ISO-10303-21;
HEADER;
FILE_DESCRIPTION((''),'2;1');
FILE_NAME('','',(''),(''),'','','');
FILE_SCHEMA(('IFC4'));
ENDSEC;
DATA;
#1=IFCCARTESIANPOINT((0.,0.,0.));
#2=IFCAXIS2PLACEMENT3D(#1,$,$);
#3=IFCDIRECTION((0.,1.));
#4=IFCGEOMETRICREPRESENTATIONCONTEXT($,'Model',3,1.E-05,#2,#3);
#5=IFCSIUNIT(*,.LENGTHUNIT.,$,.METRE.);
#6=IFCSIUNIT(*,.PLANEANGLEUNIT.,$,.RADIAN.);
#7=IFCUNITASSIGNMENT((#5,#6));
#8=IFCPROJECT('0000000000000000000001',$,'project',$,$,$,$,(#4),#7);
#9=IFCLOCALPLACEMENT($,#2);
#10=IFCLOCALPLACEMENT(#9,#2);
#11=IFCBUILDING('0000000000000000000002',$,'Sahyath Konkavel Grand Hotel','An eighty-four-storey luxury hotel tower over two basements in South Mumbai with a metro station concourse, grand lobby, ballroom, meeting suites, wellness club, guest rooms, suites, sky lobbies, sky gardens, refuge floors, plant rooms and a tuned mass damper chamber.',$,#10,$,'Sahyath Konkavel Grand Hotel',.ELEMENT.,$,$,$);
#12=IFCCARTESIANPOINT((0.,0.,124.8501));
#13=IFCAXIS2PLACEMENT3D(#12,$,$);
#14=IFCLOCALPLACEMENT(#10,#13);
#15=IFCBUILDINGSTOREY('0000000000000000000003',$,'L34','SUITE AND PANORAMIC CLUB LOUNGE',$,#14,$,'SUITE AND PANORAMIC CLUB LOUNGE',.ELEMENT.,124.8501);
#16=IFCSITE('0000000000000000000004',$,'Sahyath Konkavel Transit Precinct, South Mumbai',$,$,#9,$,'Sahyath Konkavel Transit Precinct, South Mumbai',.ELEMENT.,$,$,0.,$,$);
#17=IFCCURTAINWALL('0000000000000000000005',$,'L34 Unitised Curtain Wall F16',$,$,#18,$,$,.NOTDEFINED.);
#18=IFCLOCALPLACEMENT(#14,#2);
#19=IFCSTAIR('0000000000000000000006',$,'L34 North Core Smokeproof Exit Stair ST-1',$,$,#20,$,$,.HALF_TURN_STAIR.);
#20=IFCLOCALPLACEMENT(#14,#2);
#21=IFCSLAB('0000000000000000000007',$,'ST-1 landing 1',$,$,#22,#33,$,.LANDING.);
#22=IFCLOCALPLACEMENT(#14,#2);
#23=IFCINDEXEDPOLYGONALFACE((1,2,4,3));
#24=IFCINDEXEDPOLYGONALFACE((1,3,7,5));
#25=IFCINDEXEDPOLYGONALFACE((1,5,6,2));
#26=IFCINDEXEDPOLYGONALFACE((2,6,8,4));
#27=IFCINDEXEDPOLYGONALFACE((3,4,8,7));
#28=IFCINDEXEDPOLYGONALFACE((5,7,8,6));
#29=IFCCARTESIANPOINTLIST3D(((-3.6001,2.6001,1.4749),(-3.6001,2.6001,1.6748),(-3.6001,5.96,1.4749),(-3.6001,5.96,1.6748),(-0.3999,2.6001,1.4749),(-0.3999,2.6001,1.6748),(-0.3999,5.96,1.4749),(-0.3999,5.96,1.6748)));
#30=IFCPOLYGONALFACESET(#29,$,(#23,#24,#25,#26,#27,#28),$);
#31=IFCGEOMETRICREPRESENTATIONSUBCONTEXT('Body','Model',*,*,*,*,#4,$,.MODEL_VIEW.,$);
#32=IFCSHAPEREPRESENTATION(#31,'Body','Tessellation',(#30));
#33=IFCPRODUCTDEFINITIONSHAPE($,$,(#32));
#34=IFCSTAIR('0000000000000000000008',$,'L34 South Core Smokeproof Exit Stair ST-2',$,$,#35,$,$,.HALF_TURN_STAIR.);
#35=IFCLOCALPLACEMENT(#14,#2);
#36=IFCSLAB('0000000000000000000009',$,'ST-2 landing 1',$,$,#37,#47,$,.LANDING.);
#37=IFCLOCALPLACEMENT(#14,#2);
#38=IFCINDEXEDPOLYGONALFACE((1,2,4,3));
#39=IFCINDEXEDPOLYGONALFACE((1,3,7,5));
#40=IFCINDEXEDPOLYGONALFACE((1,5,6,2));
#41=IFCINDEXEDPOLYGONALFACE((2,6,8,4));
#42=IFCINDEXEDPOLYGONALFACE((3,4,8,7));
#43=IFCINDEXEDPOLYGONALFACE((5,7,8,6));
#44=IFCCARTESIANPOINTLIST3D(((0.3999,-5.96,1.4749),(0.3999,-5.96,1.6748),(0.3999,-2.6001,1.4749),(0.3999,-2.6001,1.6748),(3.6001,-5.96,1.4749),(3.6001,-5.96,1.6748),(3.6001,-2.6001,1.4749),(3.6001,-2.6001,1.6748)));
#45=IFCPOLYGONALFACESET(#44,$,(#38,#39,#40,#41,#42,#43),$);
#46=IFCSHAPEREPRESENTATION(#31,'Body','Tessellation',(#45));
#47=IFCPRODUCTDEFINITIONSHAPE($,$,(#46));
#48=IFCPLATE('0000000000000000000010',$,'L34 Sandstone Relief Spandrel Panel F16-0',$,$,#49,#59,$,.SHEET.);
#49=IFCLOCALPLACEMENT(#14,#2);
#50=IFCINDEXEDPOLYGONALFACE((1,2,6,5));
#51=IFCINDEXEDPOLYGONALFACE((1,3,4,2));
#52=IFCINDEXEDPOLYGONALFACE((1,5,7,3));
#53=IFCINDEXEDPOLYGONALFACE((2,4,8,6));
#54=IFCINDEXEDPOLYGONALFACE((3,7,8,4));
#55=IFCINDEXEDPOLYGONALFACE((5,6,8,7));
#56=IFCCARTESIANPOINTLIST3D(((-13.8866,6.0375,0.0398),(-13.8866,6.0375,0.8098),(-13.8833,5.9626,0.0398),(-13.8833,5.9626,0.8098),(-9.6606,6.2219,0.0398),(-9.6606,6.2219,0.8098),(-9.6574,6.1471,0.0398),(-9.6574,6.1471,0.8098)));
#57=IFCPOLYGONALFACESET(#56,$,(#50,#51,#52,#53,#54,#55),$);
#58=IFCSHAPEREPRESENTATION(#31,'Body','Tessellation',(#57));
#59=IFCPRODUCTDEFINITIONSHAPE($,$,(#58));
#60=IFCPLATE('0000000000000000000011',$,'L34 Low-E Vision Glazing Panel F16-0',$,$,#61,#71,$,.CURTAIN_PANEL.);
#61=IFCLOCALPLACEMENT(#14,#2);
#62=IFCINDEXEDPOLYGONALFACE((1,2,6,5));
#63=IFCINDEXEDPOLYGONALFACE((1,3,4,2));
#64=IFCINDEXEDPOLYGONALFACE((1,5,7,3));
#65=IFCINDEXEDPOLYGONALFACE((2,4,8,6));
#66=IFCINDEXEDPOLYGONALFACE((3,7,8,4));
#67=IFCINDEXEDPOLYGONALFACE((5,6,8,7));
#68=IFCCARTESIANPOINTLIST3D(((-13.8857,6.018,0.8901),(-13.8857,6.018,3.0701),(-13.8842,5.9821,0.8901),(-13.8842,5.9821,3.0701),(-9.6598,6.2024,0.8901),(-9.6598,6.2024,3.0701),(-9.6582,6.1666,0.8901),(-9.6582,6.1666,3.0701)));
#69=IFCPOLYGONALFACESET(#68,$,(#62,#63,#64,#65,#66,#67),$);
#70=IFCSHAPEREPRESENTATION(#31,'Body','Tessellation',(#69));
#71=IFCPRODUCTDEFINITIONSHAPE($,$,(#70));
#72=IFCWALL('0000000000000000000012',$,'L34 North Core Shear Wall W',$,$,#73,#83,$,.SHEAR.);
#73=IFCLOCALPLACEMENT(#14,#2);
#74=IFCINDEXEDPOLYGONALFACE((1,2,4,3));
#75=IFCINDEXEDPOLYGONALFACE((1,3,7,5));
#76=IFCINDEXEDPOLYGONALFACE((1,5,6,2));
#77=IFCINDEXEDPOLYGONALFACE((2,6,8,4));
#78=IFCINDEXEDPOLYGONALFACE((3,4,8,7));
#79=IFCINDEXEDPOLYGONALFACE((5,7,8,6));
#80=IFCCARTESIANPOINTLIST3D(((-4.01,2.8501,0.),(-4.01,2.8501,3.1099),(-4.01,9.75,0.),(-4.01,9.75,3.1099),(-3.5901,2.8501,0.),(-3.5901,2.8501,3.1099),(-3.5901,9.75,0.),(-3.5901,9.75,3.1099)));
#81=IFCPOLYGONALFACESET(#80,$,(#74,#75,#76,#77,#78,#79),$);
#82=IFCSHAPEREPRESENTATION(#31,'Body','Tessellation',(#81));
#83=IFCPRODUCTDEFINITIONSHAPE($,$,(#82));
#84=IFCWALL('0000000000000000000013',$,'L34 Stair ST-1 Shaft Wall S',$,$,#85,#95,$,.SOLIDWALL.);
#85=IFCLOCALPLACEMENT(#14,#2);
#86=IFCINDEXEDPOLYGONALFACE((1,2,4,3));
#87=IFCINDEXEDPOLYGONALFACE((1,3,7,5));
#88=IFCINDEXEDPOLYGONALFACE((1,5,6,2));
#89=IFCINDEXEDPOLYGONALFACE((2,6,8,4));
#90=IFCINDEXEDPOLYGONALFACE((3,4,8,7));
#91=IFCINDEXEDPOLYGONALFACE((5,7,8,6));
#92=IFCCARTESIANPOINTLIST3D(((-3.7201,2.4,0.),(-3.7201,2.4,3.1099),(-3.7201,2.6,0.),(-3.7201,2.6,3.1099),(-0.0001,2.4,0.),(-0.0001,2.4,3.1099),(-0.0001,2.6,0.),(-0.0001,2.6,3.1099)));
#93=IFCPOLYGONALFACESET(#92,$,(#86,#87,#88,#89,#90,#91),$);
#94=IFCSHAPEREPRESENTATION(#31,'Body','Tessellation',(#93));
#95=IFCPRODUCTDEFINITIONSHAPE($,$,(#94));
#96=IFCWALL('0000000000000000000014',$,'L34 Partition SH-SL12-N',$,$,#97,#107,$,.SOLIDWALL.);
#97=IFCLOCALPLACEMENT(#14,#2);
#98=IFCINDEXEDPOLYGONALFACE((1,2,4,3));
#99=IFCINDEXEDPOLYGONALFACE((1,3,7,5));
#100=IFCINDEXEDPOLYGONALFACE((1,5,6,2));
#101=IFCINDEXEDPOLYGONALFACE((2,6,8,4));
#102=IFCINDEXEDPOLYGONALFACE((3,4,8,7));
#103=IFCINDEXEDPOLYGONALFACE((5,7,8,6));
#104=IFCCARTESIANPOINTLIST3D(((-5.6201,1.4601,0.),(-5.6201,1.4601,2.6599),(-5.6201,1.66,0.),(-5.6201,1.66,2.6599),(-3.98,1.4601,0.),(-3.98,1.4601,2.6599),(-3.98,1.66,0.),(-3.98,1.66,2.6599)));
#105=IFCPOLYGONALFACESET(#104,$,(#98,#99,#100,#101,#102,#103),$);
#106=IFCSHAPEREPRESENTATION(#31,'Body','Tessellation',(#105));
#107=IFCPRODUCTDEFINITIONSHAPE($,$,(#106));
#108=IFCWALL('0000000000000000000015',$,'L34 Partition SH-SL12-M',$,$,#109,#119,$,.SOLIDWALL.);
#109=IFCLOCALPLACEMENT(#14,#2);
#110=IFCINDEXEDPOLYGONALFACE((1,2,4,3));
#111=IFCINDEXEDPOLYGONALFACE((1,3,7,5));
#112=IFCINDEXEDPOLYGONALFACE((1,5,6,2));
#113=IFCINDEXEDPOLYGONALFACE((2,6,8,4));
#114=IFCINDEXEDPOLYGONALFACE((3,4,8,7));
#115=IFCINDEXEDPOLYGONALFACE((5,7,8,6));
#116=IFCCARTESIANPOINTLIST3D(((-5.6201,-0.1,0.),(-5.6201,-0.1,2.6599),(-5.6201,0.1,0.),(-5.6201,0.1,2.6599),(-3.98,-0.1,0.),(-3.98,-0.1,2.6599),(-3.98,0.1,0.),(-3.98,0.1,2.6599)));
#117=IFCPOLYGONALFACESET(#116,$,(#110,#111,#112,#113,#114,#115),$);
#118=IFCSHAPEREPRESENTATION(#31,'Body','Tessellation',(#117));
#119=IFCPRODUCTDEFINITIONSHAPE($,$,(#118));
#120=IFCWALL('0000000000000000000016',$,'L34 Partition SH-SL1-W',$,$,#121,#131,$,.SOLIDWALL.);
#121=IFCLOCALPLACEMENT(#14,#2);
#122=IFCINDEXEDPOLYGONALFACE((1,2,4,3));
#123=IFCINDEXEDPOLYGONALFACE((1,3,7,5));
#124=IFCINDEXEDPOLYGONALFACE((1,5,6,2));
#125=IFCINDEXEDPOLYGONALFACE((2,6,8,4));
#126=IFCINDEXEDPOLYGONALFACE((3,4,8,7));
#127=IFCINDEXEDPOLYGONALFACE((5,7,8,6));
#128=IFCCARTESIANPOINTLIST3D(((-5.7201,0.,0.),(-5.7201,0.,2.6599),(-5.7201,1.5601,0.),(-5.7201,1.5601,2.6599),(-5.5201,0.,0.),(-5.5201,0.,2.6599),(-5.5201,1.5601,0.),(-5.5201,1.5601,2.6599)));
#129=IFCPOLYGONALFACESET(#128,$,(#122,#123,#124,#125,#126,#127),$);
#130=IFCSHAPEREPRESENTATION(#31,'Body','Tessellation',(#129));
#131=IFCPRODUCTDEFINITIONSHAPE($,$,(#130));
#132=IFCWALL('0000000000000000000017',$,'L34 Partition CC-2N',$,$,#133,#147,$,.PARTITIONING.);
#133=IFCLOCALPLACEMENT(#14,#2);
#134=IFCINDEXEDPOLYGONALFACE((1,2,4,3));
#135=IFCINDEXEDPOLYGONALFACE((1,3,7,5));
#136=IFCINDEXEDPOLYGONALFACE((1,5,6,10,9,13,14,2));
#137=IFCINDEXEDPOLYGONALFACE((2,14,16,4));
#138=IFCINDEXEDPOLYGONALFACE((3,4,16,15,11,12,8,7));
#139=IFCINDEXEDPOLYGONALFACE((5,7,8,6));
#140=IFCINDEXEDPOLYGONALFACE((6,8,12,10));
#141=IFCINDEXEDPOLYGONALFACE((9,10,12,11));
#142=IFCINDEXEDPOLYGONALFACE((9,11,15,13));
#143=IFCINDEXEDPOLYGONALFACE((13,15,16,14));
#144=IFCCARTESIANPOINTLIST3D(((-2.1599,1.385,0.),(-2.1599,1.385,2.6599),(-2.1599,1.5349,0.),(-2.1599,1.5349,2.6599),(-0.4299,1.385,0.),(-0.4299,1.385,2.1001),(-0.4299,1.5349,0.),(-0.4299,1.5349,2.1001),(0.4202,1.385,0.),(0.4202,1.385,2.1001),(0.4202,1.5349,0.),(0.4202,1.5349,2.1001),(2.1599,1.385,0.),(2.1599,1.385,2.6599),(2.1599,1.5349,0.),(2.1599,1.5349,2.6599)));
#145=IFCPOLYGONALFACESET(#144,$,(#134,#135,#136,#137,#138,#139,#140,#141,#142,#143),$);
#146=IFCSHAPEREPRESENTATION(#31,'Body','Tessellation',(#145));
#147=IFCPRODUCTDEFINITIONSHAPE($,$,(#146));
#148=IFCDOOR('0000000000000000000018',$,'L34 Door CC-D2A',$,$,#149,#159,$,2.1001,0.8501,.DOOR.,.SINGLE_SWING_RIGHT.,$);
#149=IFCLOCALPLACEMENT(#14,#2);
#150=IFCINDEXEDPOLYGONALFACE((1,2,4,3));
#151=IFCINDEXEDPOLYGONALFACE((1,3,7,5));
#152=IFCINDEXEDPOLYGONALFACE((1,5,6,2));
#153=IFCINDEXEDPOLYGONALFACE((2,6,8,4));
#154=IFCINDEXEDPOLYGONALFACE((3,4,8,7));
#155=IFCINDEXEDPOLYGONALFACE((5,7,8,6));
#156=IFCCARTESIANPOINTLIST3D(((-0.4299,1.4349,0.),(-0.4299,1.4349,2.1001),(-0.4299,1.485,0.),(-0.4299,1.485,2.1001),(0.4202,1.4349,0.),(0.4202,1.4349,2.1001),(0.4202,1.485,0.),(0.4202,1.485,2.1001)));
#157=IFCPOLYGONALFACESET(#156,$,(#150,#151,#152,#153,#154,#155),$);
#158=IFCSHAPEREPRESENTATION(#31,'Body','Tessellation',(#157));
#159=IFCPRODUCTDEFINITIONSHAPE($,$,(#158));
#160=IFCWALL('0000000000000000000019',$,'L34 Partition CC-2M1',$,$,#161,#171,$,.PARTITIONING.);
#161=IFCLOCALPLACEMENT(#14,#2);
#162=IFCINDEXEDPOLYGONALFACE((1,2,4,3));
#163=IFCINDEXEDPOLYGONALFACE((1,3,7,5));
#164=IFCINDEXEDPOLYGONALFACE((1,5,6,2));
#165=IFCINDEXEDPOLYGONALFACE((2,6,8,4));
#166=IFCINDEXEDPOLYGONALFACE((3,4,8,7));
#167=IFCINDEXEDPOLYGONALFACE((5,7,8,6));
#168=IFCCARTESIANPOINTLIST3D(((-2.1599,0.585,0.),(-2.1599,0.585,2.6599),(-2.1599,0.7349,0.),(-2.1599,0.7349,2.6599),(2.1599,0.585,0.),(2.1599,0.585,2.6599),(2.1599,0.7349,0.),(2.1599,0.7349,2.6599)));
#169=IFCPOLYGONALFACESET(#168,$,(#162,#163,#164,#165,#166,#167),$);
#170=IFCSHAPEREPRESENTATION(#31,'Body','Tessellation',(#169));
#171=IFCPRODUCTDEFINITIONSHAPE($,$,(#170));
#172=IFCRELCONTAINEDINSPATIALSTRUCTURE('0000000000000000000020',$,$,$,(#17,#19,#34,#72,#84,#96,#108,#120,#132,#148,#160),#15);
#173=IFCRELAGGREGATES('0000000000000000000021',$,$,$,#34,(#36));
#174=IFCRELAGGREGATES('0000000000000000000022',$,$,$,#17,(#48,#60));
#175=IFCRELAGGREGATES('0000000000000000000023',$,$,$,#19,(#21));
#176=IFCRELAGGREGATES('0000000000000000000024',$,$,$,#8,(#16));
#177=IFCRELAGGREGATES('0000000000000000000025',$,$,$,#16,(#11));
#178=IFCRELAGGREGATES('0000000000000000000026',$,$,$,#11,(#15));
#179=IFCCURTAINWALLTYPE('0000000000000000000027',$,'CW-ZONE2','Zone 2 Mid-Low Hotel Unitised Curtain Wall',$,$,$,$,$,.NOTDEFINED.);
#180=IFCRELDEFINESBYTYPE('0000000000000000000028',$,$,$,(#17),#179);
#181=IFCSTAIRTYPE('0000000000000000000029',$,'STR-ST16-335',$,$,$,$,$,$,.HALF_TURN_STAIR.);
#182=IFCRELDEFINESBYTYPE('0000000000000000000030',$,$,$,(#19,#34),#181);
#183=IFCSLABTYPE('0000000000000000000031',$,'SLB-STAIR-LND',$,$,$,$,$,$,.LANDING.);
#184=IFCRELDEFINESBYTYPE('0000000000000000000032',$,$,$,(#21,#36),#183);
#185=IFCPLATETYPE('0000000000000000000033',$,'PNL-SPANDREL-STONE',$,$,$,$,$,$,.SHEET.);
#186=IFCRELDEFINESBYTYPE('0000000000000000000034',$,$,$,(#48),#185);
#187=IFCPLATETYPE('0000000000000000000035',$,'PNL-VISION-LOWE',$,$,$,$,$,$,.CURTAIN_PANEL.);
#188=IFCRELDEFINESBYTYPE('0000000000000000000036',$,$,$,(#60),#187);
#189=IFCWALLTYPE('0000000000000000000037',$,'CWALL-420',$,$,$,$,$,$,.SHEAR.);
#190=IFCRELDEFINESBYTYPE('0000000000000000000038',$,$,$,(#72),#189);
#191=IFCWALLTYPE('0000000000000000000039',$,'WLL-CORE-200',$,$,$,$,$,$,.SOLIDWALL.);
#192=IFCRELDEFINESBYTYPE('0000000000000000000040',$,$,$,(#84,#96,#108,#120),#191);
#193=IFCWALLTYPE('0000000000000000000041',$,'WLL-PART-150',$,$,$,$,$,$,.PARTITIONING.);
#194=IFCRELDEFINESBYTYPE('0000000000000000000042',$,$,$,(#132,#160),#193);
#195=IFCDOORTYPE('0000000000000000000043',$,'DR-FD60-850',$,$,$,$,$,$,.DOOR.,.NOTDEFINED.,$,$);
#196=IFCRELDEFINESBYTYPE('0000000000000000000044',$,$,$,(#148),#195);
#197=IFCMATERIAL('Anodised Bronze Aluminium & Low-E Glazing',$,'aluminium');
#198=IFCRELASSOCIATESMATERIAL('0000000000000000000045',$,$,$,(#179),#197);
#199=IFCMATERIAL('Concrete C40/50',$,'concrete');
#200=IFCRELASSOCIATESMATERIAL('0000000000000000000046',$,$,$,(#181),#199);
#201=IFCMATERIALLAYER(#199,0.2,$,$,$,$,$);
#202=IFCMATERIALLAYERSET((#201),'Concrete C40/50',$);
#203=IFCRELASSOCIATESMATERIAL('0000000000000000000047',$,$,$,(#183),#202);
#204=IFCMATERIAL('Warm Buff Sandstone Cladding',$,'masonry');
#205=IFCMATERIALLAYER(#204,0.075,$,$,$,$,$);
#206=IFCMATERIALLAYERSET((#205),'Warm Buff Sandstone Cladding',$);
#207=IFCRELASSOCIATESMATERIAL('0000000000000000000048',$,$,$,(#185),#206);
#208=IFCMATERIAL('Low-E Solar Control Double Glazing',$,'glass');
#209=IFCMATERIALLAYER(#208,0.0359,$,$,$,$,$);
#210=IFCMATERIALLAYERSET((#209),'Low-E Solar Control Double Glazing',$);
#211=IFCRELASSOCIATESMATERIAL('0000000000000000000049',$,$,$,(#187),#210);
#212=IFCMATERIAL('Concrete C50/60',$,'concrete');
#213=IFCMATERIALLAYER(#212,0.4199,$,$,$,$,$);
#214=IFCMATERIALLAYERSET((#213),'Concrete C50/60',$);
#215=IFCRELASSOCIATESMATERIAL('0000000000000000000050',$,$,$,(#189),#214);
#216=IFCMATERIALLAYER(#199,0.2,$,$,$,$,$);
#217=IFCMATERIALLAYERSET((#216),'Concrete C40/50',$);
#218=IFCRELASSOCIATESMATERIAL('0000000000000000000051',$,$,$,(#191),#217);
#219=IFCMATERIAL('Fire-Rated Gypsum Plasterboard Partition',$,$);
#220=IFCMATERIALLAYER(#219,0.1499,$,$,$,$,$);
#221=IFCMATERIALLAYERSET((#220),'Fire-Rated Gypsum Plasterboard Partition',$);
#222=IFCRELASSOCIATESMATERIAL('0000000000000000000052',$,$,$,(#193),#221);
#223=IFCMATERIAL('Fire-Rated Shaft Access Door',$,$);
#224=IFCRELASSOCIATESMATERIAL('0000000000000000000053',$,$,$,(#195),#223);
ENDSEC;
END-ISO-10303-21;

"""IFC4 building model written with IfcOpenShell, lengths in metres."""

from ifc_helpers import new_model, si_unit, direction, frame, frame_2d, origin, origin_2d, place, context, subcontext, project, spatial, polyline, rectangle, outline, extrude, source, transform, mapped, material, layer, layer_set, type_object, element, fill, aggregate, save


model = new_model("IFC4")

# Units and contexts
model_context = context("Model", 3, precision=1e-05, world=origin(), true_north=direction((0.0, 1.0)))
body_context = subcontext(model_context, "Body", "Model", "MODEL_VIEW")
ifc_project = project(units=[si_unit("LENGTHUNIT", "METRE"), si_unit("PLANEANGLEUNIT", "RADIAN")], contexts=[model_context])

# Site, building, storey
site_placement = place(None, origin())
site = spatial("IfcSite", under=ifc_project, at=site_placement, Name="Sahyath Konkavel Transit Precinct, South Mumbai", LongName="Sahyath Konkavel Transit Precinct, South Mumbai", CompositionType="ELEMENT", RefElevation=0.0)
building_placement = place(site_placement, origin())
building = spatial("IfcBuilding", under=site, at=building_placement, Name="Sahyath Konkavel Grand Hotel", Description="An eighty-four-storey luxury hotel tower over two basements in South Mumbai with a metro station concourse, grand lobby, ballroom, meeting suites, wellness club, guest rooms, suites, sky lobbies, sky gardens, refuge floors, plant rooms and a tuned mass damper chamber.", LongName="Sahyath Konkavel Grand Hotel", CompositionType="ELEMENT")
storey_placement = place(building_placement, frame((0.0, 0.0, 124.8501)))
storey = spatial("IfcBuildingStorey", under=building, at=storey_placement, Name="L34", Description="SUITE AND PANORAMIC CLUB LOUNGE", LongName="SUITE AND PANORAMIC CLUB LOUNGE", CompositionType="ELEMENT", Elevation=124.8501)

# Shared definitions
ifc_material_1 = material(Name="Concrete C50/60", Category="concrete")

# Curtain wall
ifc_material_2 = material(Name="Anodised Bronze Aluminium & Low-E Glazing", Category="aluminium")
curtain_wall_type = type_object("IfcCurtainWallType", Name="CW-ZONE2", Description="Zone 2 Mid-Low Hotel Unitised Curtain Wall", PredefinedType="NOTDEFINED", material=ifc_material_2)
curtain_wall_placement = place(storey_placement, origin())
curtain_wall = element("IfcCurtainWall", 1, at=curtain_wall_placement, inside=storey, type_object=curtain_wall_type, Name="L34 Unitised Curtain Wall F16", PredefinedType="NOTDEFINED")

# Shared definitions
ifc_material_3 = material(Name="Concrete C40/50", Category="concrete")

# Stairs, slabs
stair_type = type_object("IfcStairType", Name="STR-ST16-335", PredefinedType="HALF_TURN_STAIR", material=ifc_material_3)
stair_1_placement = place(storey_placement, origin())
stair_1 = element("IfcStair", 2, at=stair_1_placement, inside=storey, type_object=stair_type, Name="L34 North Core Smokeproof Exit Stair ST-1", PredefinedType="HALF_TURN_STAIR")
ifc_layer_1 = layer(ifc_material_3, 0.2)
ifc_layer_set_1 = layer_set([ifc_layer_1], Name="Concrete C40/50")
slab_type_1 = type_object("IfcSlabType", Name="SLB-STAIR-LND", PredefinedType="LANDING", material=ifc_layer_set_1)
slab_1_placement = place(storey_placement, frame((0.0, 0.0, 1.4749)))
slab_1 = element("IfcSlab", 3, at=slab_1_placement, type_object=slab_type_1, Name="ST-1 landing 1", PredefinedType="LANDING", context=body_context, shape_type="SweptSolid", body=[
    extrude(outline(polyline([(-3.6001, 5.96), (-3.6001, 2.6001), (-0.3999, 2.6001), (-0.3999, 5.96), (-3.6001, 5.96)])), origin(), (0.0, 0.0, 1.0), 0.2),
])
stair_2_placement = place(storey_placement, origin())
stair_2 = element("IfcStair", 4, at=stair_2_placement, inside=storey, type_object=stair_type, Name="L34 South Core Smokeproof Exit Stair ST-2", PredefinedType="HALF_TURN_STAIR")
slab_2_placement = place(storey_placement, frame((0.0, 0.0, 1.4749)))
slab_2 = element("IfcSlab", 5, at=slab_2_placement, type_object=slab_type_1, Name="ST-2 landing 1", PredefinedType="LANDING", context=body_context, shape_type="SweptSolid", body=[
    extrude(outline(polyline([(3.6001, -5.96), (3.6001, -2.6001), (0.3999, -2.6001), (0.3999, -5.96), (3.6001, -5.96)])), origin(), (0.0, 0.0, 1.0), 0.2),
])
aggregate(stair_2, [slab_2])

# Plates
ifc_material_4 = material(Name="Warm Buff Sandstone Cladding", Category="masonry")
ifc_layer_2 = layer(ifc_material_4, 0.075)
ifc_layer_set_2 = layer_set([ifc_layer_2], Name="Warm Buff Sandstone Cladding")
plate_type_1 = type_object("IfcPlateType", Name="PNL-SPANDREL-STONE", PredefinedType="SHEET", material=ifc_layer_set_2)
shared_shape_1 = source(origin(), body_context, "Body", "SweptSolid", [
    extrude(rectangle(XDim=4.23, YDim=0.075, at=origin_2d()), origin(), (0.0, 0.0, 1.0), 0.77),
])
plate_1_placement = place(storey_placement, frame((-11.772, 6.0923, 0.0398), z_axis=(0.0, 0.0, 1.0), x_axis=(-0.999049, -0.043602, 0.0)))
plate_1 = element("IfcPlate", 6, at=plate_1_placement, type_object=plate_type_1, Name="L34 Sandstone Relief Spandrel Panel F16-0", PredefinedType="SHEET", context=body_context, shape_type="MappedRepresentation", body=[
    mapped(shared_shape_1, transform((0.0, 0.0, 0.0), scale=1.0)),
])
ifc_material_5 = material(Name="Low-E Solar Control Double Glazing", Category="glass")
ifc_layer_3 = layer(ifc_material_5, 0.0359)
ifc_layer_set_3 = layer_set([ifc_layer_3], Name="Low-E Solar Control Double Glazing")
plate_type_2 = type_object("IfcPlateType", Name="PNL-VISION-LOWE", PredefinedType="CURTAIN_PANEL", material=ifc_layer_set_3)
shared_shape_2 = source(origin(), body_context, "Body", "SweptSolid", [
    extrude(rectangle(XDim=4.23, YDim=0.0359, at=origin_2d()), origin(), (0.0, 0.0, 1.0), 2.1799),
])
plate_2_placement = place(storey_placement, frame((-11.772, 6.0923, 0.8901), z_axis=(0.0, 0.0, 1.0), x_axis=(-0.999049, -0.043602, 0.0)))
plate_2 = element("IfcPlate", 7, at=plate_2_placement, type_object=plate_type_2, Name="L34 Low-E Vision Glazing Panel F16-0", PredefinedType="CURTAIN_PANEL", context=body_context, shape_type="MappedRepresentation", body=[
    mapped(shared_shape_2, transform((0.0, 0.0, 0.0), scale=1.0)),
])
aggregate(curtain_wall, [plate_1, plate_2])

# Walls
ifc_layer_4 = layer(ifc_material_1, 0.4199)
ifc_layer_set_4 = layer_set([ifc_layer_4], Name="Concrete C50/60")
wall_type_1 = type_object("IfcWallType", Name="CWALL-420", PredefinedType="SHEAR", material=ifc_layer_set_4)
wall_1_placement = place(storey_placement, frame((-3.8, 2.8501, 0.0), z_axis=(0.0, 0.0, 1.0), x_axis=(0.0, 1.0, 0.0)))
element("IfcWall", 8, at=wall_1_placement, inside=storey, type_object=wall_type_1, Name="L34 North Core Shear Wall W", PredefinedType="SHEAR", context=body_context, shape_type="SweptSolid", body=[
    extrude(rectangle(XDim=6.8999, YDim=0.4199, at=frame_2d((3.45, 0.0))), origin(), (0.0, 0.0, 1.0), 3.1099),
])
ifc_layer_5 = layer(ifc_material_3, 0.2)
ifc_layer_set_5 = layer_set([ifc_layer_5], Name="Concrete C40/50")
wall_type_2 = type_object("IfcWallType", Name="WLL-CORE-200", PredefinedType="SOLIDWALL", material=ifc_layer_set_5)
wall_2_placement = place(storey_placement, frame((-3.72, 2.5, 0.0), z_axis=(0.0, 0.0, 1.0), x_axis=(1.0, 0.0, 0.0)))
element("IfcWall", 9, at=wall_2_placement, inside=storey, type_object=wall_type_2, Name="L34 Stair ST-1 Shaft Wall S", PredefinedType="SOLIDWALL", context=body_context, shape_type="SweptSolid", body=[
    extrude(rectangle(XDim=3.72, YDim=0.2, at=frame_2d((1.8599, 0.0))), origin(), (0.0, 0.0, 1.0), 3.1099),
])
for number, where, z_axis, x_axis, name in (
    (10, (-5.6201, 1.5601, 0.0), (0.0, 0.0, 1.0), (1.0, 0.0, 0.0), "L34 Partition SH-SL12-N"),
    (11, (-5.6201, 0.0, 0.0), (0.0, 0.0, 1.0), (1.0, 0.0, 0.0), "L34 Partition SH-SL12-M"),
):
    element("IfcWall", number, at=place(storey_placement, frame(where, z_axis=z_axis, x_axis=x_axis)), inside=storey, type_object=wall_type_2, Name=name, PredefinedType="SOLIDWALL", context=body_context, shape_type="SweptSolid", body=[
        extrude(rectangle(XDim=1.6401, YDim=0.2, at=frame_2d((0.8201, 0.0))), origin(), (0.0, 0.0, 1.0), 2.6599),
    ])
wall_3_placement = place(storey_placement, frame((-5.6201, 0.0, 0.0), z_axis=(0.0, 0.0, 1.0), x_axis=(0.0, 1.0, 0.0)))
element("IfcWall", 12, at=wall_3_placement, inside=storey, type_object=wall_type_2, Name="L34 Partition SH-SL1-W", PredefinedType="SOLIDWALL", context=body_context, shape_type="SweptSolid", body=[
    extrude(rectangle(XDim=1.5601, YDim=0.2, at=frame_2d((0.78, 0.0))), origin(), (0.0, 0.0, 1.0), 2.6599),
])

# Wall, opening, door
ifc_material_6 = material(Name="Fire-Rated Gypsum Plasterboard Partition")
ifc_layer_6 = layer(ifc_material_6, 0.1499)
ifc_layer_set_6 = layer_set([ifc_layer_6], Name="Fire-Rated Gypsum Plasterboard Partition")
wall_type_3 = type_object("IfcWallType", Name="WLL-PART-150", PredefinedType="PARTITIONING", material=ifc_layer_set_6)
wall_4_placement = place(storey_placement, frame((-2.1599, 1.46, 0.0), z_axis=(0.0, 0.0, 1.0), x_axis=(1.0, 0.0, 0.0)))
wall_4 = element("IfcWall", 13, at=wall_4_placement, inside=storey, type_object=wall_type_3, Name="L34 Partition CC-2N", PredefinedType="PARTITIONING", context=body_context, shape_type="SweptSolid", body=[
    extrude(rectangle(XDim=4.3198, YDim=0.1499, at=frame_2d((2.1599, 0.0))), origin(), (0.0, 0.0, 1.0), 2.6599),
])
opening_placement = place(wall_4_placement, frame((1.73, 0.0, 0.0)))
opening = element("IfcOpeningElement", 14, at=opening_placement, cuts=wall_4, PredefinedType="OPENING", context=body_context, shape_type="SweptSolid", body=[
    extrude(rectangle(XDim=0.8501, YDim=2.1001, at=frame_2d((0.425, 1.05))), frame((0.0, 0.085, 0.0), z_axis=(0.0, -1.0, 0.0), x_axis=(1.0, 0.0, 0.0)), (0.0, 0.0, 1.0), 0.1699),
])
ifc_material_7 = material(Name="Fire-Rated Shaft Access Door")
door_type = type_object("IfcDoorType", Name="DR-FD60-850", OperationType="NOTDEFINED", PredefinedType="DOOR", material=ifc_material_7)
shared_shape_3 = source(origin(), body_context, "Body", "SweptSolid", [
    extrude(rectangle(XDim=0.8501, YDim=0.05, at=origin_2d()), origin(), (0.0, 0.0, 1.0), 2.1001),
])
door_placement = place(opening_placement, frame((0.425, 0.0, 0.0)))
door = element("IfcDoor", 15, at=door_placement, inside=storey, type_object=door_type, Name="L34 Door CC-D2A", OperationType="SINGLE_SWING_RIGHT", OverallHeight=2.1001, OverallWidth=0.8501, PredefinedType="DOOR", context=body_context, shape_type="MappedRepresentation", body=[
    mapped(shared_shape_3, transform((0.0, 0.0, 0.0), scale=1.0)),
])
fill(opening, door)

# Wall
wall_5_placement = place(storey_placement, frame((-2.1599, 0.6599, 0.0), z_axis=(0.0, 0.0, 1.0), x_axis=(1.0, 0.0, 0.0)))
element("IfcWall", 16, at=wall_5_placement, inside=storey, type_object=wall_type_3, Name="L34 Partition CC-2M1", PredefinedType="PARTITIONING", context=body_context, shape_type="SweptSolid", body=[
    extrude(rectangle(XDim=4.3198, YDim=0.1499, at=frame_2d((2.1599, 0.0))), origin(), (0.0, 0.0, 1.0), 2.6599),
])

aggregate(stair_1, [slab_1])

save(model, "model.ifc")
